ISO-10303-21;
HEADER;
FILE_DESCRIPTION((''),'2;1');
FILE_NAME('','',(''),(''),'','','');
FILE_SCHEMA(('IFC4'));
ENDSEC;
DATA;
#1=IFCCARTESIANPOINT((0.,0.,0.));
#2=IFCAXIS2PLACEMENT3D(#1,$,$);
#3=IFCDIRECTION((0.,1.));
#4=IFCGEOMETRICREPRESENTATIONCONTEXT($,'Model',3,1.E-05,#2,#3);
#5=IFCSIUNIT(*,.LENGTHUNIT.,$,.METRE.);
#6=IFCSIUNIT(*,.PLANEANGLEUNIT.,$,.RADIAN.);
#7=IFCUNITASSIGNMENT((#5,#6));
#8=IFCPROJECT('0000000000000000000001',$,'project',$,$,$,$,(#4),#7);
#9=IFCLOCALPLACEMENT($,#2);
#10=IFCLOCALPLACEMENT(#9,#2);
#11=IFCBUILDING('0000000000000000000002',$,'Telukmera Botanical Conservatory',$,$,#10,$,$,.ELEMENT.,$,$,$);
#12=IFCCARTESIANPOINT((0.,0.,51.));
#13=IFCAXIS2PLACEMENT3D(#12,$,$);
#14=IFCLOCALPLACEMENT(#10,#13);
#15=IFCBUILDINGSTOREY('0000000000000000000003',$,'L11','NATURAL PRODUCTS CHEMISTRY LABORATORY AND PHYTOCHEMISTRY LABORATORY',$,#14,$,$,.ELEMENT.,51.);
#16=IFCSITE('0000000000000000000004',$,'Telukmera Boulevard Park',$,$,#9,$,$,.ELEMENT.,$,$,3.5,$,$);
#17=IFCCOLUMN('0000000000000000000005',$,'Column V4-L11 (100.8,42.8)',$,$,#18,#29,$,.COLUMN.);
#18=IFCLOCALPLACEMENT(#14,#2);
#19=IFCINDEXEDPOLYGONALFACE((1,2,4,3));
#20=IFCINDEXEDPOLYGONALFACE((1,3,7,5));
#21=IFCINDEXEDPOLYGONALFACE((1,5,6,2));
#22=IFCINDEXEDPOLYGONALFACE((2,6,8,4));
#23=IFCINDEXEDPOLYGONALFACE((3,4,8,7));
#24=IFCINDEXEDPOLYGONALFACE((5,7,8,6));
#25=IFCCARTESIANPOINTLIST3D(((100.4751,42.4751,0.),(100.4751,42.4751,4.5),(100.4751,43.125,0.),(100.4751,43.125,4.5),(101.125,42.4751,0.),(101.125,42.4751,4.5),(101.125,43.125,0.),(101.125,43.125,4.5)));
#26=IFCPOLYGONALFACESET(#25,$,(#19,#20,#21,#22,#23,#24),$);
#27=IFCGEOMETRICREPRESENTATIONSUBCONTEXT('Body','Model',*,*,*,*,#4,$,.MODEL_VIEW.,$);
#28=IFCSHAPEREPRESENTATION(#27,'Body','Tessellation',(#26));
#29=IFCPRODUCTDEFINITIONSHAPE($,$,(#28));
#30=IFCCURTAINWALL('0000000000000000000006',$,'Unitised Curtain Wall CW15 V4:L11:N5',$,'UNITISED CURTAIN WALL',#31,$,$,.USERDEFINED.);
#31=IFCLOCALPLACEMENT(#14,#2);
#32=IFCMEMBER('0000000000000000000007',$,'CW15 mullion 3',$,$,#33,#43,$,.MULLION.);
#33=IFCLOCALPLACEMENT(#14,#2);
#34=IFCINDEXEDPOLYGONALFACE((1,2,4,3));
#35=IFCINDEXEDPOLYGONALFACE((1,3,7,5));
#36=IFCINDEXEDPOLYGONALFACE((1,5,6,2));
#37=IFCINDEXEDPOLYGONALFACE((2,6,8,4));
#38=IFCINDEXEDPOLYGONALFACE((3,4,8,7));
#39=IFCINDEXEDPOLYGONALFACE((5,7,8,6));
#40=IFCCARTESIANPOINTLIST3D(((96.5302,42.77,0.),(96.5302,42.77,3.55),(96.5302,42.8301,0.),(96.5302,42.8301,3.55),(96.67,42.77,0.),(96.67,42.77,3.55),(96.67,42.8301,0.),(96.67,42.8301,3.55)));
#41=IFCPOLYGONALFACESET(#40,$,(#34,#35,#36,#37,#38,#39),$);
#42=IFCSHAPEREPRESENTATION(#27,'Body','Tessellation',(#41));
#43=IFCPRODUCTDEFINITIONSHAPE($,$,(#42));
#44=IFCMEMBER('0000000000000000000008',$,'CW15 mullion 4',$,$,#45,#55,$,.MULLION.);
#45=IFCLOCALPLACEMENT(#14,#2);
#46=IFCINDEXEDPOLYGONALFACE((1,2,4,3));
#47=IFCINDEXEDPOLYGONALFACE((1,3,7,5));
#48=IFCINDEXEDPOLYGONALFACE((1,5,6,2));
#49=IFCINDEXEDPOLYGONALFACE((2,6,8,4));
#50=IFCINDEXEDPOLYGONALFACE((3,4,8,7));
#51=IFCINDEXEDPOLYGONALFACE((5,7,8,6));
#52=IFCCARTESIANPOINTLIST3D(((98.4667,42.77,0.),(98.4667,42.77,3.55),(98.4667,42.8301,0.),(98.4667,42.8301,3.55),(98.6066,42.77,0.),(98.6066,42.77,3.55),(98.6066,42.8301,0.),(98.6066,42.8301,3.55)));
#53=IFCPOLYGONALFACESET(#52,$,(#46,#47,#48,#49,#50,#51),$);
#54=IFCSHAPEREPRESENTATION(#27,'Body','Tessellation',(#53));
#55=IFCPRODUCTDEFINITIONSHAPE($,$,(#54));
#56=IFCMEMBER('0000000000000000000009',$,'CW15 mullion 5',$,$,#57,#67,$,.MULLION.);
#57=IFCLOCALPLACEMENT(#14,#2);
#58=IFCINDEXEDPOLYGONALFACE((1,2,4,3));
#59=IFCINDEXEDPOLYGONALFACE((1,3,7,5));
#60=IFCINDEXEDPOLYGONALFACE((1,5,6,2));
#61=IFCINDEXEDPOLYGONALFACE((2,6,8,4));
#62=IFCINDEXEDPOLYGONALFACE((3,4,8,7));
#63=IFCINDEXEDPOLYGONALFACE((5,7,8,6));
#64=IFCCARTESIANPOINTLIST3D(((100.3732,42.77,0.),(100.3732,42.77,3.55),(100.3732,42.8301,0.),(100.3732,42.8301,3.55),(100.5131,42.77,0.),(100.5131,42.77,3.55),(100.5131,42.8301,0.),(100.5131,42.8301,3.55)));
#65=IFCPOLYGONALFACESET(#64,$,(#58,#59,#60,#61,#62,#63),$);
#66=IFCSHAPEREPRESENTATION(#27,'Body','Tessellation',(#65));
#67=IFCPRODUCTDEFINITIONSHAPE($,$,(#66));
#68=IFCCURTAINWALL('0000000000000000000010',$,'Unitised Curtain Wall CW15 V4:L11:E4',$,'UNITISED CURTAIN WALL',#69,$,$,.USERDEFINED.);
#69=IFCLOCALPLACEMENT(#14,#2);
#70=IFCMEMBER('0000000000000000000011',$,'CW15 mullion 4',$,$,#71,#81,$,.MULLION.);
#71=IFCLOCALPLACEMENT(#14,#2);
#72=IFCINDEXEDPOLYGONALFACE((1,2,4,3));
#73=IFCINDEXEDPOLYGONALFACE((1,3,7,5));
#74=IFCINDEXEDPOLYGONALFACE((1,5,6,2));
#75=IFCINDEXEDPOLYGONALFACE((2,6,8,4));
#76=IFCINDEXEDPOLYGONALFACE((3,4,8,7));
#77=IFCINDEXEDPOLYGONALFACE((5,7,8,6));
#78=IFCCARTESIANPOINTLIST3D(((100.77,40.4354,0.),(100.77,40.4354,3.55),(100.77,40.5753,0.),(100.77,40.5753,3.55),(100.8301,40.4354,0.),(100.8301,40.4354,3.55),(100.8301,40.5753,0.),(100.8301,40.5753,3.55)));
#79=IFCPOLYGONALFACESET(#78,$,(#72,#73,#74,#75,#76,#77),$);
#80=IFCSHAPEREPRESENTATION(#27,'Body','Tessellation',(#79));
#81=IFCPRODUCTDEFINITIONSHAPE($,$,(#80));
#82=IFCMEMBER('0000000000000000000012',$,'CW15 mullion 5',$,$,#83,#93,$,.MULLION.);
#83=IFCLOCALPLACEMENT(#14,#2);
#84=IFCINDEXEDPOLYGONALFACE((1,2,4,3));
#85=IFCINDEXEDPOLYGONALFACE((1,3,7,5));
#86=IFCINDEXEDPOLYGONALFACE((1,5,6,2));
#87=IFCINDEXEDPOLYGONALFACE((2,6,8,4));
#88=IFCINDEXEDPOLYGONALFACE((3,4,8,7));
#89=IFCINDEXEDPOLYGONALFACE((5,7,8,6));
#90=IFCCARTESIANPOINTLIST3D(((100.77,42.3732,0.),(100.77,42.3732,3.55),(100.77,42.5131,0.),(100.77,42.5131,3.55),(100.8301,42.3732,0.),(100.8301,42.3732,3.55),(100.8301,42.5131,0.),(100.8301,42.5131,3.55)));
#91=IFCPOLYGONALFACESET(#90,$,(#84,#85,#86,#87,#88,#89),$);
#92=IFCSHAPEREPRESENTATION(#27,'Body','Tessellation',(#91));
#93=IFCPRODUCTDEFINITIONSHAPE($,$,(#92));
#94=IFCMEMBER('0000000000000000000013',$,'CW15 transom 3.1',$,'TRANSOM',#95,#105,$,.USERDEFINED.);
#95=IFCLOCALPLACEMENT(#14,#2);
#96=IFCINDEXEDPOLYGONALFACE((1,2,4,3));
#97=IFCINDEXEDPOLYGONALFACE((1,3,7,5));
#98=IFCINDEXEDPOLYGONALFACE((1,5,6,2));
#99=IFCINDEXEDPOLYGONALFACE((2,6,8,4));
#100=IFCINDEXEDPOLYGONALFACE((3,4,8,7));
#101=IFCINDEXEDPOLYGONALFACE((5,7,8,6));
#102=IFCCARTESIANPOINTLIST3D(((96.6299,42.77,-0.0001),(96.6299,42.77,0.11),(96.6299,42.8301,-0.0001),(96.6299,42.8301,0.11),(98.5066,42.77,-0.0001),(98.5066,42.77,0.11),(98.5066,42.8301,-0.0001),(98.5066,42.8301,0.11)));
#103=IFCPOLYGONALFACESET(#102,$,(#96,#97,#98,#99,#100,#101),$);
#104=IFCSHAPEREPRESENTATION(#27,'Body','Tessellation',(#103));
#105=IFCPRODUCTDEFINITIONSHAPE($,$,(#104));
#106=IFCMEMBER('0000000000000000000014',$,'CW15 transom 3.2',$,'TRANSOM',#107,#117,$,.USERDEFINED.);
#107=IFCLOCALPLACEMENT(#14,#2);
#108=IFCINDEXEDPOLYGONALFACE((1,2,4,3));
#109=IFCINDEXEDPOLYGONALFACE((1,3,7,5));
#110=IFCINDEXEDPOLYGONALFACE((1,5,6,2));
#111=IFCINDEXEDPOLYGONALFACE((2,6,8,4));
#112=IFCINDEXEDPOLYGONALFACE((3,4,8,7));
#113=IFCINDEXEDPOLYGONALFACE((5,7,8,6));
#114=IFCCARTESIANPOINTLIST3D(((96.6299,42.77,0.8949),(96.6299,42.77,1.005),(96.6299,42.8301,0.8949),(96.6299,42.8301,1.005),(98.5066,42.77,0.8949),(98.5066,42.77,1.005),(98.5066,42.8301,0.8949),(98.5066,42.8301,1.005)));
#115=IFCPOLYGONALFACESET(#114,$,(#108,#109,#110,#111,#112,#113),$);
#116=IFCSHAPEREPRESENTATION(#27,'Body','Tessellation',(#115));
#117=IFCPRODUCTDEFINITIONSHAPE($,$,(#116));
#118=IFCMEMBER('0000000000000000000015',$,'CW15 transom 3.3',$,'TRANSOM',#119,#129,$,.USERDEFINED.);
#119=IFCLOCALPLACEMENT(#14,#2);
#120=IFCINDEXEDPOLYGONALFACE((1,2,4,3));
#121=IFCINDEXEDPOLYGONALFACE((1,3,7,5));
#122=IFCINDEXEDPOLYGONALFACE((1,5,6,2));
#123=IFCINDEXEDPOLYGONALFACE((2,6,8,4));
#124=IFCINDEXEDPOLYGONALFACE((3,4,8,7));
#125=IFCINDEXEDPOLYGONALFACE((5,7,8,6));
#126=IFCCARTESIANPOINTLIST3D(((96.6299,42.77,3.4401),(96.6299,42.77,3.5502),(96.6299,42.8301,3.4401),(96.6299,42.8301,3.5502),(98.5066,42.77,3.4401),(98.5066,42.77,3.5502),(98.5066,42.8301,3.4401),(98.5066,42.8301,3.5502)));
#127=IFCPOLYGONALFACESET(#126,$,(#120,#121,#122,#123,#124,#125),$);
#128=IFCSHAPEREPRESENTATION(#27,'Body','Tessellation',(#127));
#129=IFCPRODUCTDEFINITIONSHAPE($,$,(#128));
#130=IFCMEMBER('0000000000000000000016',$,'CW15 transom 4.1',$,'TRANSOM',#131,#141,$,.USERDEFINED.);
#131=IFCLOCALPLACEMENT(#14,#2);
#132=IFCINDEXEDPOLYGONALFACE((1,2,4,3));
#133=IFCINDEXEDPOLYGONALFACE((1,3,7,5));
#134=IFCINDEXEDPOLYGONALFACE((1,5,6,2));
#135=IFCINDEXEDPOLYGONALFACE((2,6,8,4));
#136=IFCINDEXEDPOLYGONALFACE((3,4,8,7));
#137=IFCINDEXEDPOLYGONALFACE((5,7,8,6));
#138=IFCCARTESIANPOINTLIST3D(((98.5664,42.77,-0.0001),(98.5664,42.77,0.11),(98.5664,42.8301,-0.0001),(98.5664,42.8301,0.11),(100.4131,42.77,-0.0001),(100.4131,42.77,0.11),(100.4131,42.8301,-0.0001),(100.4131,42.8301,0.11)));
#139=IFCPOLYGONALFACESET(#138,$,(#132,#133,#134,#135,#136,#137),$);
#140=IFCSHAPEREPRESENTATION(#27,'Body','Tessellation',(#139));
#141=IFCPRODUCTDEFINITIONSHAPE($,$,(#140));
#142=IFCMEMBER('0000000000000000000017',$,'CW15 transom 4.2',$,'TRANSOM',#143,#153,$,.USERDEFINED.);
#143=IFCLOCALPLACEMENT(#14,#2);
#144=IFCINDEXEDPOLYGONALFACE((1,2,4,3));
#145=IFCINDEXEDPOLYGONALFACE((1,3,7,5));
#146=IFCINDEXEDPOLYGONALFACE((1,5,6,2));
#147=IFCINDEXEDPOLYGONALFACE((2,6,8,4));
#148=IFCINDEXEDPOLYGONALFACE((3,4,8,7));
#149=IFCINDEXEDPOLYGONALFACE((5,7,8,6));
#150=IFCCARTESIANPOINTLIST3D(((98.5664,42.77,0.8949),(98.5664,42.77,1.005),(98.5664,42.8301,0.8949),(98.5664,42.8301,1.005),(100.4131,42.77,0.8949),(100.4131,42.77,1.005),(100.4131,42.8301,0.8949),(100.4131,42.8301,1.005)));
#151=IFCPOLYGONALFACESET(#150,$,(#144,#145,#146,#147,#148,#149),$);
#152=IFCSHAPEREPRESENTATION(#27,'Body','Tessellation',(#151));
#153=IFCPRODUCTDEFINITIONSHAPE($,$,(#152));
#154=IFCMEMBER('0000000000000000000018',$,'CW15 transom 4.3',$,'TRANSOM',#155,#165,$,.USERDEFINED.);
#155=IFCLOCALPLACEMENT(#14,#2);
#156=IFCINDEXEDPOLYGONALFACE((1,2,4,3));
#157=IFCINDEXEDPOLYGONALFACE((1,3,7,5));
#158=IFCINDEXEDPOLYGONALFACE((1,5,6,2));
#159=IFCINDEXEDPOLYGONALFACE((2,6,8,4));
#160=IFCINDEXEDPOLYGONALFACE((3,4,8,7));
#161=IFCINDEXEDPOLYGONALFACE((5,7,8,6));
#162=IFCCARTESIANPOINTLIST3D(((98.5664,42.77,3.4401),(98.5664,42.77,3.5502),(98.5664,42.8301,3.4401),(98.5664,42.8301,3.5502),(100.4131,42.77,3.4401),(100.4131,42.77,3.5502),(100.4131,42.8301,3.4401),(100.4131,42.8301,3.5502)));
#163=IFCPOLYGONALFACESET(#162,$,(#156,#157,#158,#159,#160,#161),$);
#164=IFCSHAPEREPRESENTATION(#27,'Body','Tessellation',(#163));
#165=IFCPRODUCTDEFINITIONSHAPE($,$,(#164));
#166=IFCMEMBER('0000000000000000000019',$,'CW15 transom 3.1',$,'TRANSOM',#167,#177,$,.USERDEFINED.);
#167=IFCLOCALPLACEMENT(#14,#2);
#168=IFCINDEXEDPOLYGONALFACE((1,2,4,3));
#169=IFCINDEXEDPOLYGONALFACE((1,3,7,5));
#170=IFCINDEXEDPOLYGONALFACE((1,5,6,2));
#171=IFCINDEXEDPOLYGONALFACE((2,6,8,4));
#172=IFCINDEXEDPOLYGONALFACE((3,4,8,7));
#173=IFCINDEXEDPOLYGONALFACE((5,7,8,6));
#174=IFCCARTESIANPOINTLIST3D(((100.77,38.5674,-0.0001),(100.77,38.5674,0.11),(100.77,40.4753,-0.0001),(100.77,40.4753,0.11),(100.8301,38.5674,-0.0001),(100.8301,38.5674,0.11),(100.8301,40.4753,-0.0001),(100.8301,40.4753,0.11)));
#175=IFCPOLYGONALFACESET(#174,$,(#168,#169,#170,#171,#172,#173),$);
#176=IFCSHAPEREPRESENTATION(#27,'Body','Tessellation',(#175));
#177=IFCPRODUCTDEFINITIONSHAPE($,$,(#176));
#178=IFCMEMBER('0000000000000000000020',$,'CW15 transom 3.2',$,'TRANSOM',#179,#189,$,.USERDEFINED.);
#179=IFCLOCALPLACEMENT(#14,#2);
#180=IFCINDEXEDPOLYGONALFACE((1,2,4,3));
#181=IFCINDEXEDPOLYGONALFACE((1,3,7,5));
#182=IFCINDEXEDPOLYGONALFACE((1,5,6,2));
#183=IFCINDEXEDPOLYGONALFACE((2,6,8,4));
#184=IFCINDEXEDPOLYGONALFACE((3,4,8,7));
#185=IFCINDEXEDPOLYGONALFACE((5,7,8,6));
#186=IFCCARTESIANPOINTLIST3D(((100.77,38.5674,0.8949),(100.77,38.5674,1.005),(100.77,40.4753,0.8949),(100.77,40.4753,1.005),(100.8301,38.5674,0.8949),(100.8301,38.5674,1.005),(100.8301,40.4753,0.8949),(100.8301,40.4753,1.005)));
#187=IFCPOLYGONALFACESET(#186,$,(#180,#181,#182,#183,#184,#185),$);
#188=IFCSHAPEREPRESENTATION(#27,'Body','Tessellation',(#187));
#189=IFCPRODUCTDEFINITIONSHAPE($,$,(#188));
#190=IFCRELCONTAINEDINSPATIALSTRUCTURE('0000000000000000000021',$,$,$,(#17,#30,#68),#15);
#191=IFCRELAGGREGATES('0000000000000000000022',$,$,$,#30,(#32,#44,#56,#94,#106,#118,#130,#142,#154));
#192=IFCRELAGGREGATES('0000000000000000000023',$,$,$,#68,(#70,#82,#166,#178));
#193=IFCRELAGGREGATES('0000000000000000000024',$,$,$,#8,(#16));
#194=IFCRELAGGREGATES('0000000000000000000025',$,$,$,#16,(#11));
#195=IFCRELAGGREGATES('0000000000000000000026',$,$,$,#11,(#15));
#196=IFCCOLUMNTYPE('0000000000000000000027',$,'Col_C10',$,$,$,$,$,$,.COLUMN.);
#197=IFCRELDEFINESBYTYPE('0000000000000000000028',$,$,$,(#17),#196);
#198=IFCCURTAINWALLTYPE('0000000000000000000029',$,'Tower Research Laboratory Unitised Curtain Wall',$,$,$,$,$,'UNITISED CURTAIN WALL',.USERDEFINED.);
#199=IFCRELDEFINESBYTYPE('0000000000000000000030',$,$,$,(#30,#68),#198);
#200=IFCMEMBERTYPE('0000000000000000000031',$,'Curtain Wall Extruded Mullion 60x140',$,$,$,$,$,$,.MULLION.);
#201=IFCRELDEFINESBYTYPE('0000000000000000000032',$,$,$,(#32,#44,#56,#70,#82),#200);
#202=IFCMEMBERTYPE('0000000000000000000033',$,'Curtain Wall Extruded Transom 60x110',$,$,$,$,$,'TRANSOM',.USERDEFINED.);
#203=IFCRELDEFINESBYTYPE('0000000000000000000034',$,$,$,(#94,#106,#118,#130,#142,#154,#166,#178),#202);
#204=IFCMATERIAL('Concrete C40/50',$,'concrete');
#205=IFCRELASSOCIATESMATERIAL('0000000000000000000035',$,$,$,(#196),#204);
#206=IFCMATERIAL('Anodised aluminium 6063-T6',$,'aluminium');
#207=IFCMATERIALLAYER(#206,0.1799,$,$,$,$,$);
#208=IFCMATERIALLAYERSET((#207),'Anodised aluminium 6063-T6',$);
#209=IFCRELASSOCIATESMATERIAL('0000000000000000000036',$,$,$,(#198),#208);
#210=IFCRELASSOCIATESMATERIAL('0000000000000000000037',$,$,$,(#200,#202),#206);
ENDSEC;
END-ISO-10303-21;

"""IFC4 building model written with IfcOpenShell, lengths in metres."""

from ifc_helpers import new_model, si_unit, direction, frame, origin, origin_2d, place, context, subcontext, project, spatial, rectangle, extrude, material, layer, layer_set, material_profile, profile_set, type_object, element, aggregate, save


model = new_model("IFC4")

# Units and contexts
model_context = context("Model", 3, precision=1e-05, world=origin(), true_north=direction((0.0, 1.0)))
body_context = subcontext(model_context, "Body", "Model", "MODEL_VIEW")
ifc_project = project(units=[si_unit("LENGTHUNIT", "METRE"), si_unit("PLANEANGLEUNIT", "RADIAN")], contexts=[model_context])

# Site, building, storey
site_placement = place(None, origin())
site = spatial("IfcSite", under=ifc_project, at=site_placement, Name="Telukmera Boulevard Park", CompositionType="ELEMENT", RefElevation=3.5)
building_placement = place(site_placement, origin())
building = spatial("IfcBuilding", under=site, at=building_placement, Name="Telukmera Botanical Conservatory", CompositionType="ELEMENT")
storey_placement = place(building_placement, frame((0.0, 0.0, 51.0)))
storey = spatial("IfcBuildingStorey", under=building, at=storey_placement, Name="L11", Description="NATURAL PRODUCTS CHEMISTRY LABORATORY AND PHYTOCHEMISTRY LABORATORY", CompositionType="ELEMENT", Elevation=51.0)

# Column
ifc_material_1 = material(Name="Concrete C40/50", Category="concrete")
ifc_material_profile_1 = material_profile(ifc_material_1, rectangle(XDim=0.6499, YDim=0.6499, at=origin_2d()), Name="RC 650x650")
ifc_profile_set_1 = profile_set([ifc_material_profile_1], Name="Concrete C40/50")
column_type = type_object("IfcColumnType", Name="Col_C10", PredefinedType="COLUMN", material=ifc_profile_set_1)
column_placement = place(storey_placement, frame((100.8, 42.8, 0.0), z_axis=(0.0, 0.0, 1.0), x_axis=(1.0, 0.0, 0.0)))
element("IfcColumn", 1, at=column_placement, inside=storey, type_object=column_type, Name="Column V4-L11 (100.8,42.8)", PredefinedType="COLUMN", context=body_context, shape_type="SweptSolid", body=[
    extrude(rectangle(XDim=0.6499, YDim=0.6499, at=origin_2d()), origin(), (0.0, 0.0, 1.0), 4.5),
])

# Curtain walls, members
ifc_material_2 = material(Name="Anodised aluminium 6063-T6", Category="aluminium")
ifc_layer_1 = layer(ifc_material_2, 0.1799)
ifc_layer_set_1 = layer_set([ifc_layer_1], Name="Anodised aluminium 6063-T6")
curtain_wall_type = type_object("IfcCurtainWallType", Name="Tower Research Laboratory Unitised Curtain Wall", ElementType="UNITISED CURTAIN WALL", PredefinedType="USERDEFINED", material=ifc_layer_set_1)
curtain_wall_1_placement = place(storey_placement, origin())
curtain_wall_1 = element("IfcCurtainWall", 2, at=curtain_wall_1_placement, inside=storey, type_object=curtain_wall_type, Name="Unitised Curtain Wall CW15 V4:L11:N5", ObjectType="UNITISED CURTAIN WALL", PredefinedType="USERDEFINED")
ifc_material_profile_2 = material_profile(ifc_material_2, rectangle(XDim=0.0601, YDim=0.1399, at=origin_2d()), Name="ALU MULL 60x140")
ifc_profile_set_2 = profile_set([ifc_material_profile_2], Name="Anodised aluminium 6063-T6")
member_type_1 = type_object("IfcMemberType", Name="Curtain Wall Extruded Mullion 60x140", PredefinedType="MULLION", material=ifc_profile_set_2)
member_1_placement = place(storey_placement, frame((96.6001, 42.8, 0.0), z_axis=(0.0, 0.0, 1.0), x_axis=(0.0, 1.0, 0.0)))
member_1 = element("IfcMember", 3, at=member_1_placement, type_object=member_type_1, Name="CW15 mullion 3", PredefinedType="MULLION", context=body_context, shape_type="SweptSolid", body=[
    extrude(rectangle(XDim=0.0601, YDim=0.1399, at=origin_2d()), origin(), (0.0, 0.0, 1.0), 3.55),
])
member_2_placement = place(storey_placement, frame((98.5366, 42.8, 0.0), z_axis=(0.0, 0.0, 1.0), x_axis=(0.0, 1.0, 0.0)))
member_2 = element("IfcMember", 4, at=member_2_placement, type_object=member_type_1, Name="CW15 mullion 4", PredefinedType="MULLION", context=body_context, shape_type="SweptSolid", body=[
    extrude(rectangle(XDim=0.0601, YDim=0.1399, at=origin_2d()), origin(), (0.0, 0.0, 1.0), 3.55),
])
member_3_placement = place(storey_placement, frame((100.4431, 42.8, 0.0), z_axis=(0.0, 0.0, 1.0), x_axis=(0.0, 1.0, 0.0)))
member_3 = element("IfcMember", 5, at=member_3_placement, type_object=member_type_1, Name="CW15 mullion 5", PredefinedType="MULLION", context=body_context, shape_type="SweptSolid", body=[
    extrude(rectangle(XDim=0.0601, YDim=0.1399, at=origin_2d()), origin(), (0.0, 0.0, 1.0), 3.55),
])
curtain_wall_2_placement = place(storey_placement, origin())
curtain_wall_2 = element("IfcCurtainWall", 6, at=curtain_wall_2_placement, inside=storey, type_object=curtain_wall_type, Name="Unitised Curtain Wall CW15 V4:L11:E4", ObjectType="UNITISED CURTAIN WALL", PredefinedType="USERDEFINED")
member_4_placement = place(storey_placement, frame((100.8, 40.5054, 0.0), z_axis=(0.0, 0.0, 1.0), x_axis=(-1.0, 0.0, 0.0)))
member_4 = element("IfcMember", 7, at=member_4_placement, type_object=member_type_1, Name="CW15 mullion 4", PredefinedType="MULLION", context=body_context, shape_type="SweptSolid", body=[
    extrude(rectangle(XDim=0.0601, YDim=0.1399, at=origin_2d()), origin(), (0.0, 0.0, 1.0), 3.55),
])
member_5_placement = place(storey_placement, frame((100.8, 42.4431, 0.0), z_axis=(0.0, 0.0, 1.0), x_axis=(-1.0, 0.0, 0.0)))
member_5 = element("IfcMember", 8, at=member_5_placement, type_object=member_type_1, Name="CW15 mullion 5", PredefinedType="MULLION", context=body_context, shape_type="SweptSolid", body=[
    extrude(rectangle(XDim=0.0601, YDim=0.1399, at=origin_2d()), origin(), (0.0, 0.0, 1.0), 3.55),
])

# Members
ifc_material_profile_3 = material_profile(ifc_material_2, rectangle(XDim=0.0601, YDim=0.1101, at=origin_2d()), Name="ALU TRAN 60x110")
ifc_profile_set_3 = profile_set([ifc_material_profile_3], Name="Anodised aluminium 6063-T6")
member_type_2 = type_object("IfcMemberType", Name="Curtain Wall Extruded Transom 60x110", ElementType="TRANSOM", PredefinedType="USERDEFINED", material=ifc_profile_set_3)
member_6_placement = place(storey_placement, frame((96.6299, 42.8, 0.0549), z_axis=(1.0, 0.0, 0.0), x_axis=(0.0, 1.0, 0.0)))
member_6 = element("IfcMember", 9, at=member_6_placement, type_object=member_type_2, Name="CW15 transom 3.1", ObjectType="TRANSOM", PredefinedType="USERDEFINED", context=body_context, shape_type="SweptSolid", body=[
    extrude(rectangle(XDim=0.0601, YDim=0.1101, at=origin_2d()), origin(), (0.0, 0.0, 1.0), 1.8767),
])
member_7_placement = place(storey_placement, frame((96.6299, 42.8, 0.95), z_axis=(1.0, 0.0, 0.0), x_axis=(0.0, 1.0, 0.0)))
member_7 = element("IfcMember", 10, at=member_7_placement, type_object=member_type_2, Name="CW15 transom 3.2", ObjectType="TRANSOM", PredefinedType="USERDEFINED", context=body_context, shape_type="SweptSolid", body=[
    extrude(rectangle(XDim=0.0601, YDim=0.1101, at=origin_2d()), origin(), (0.0, 0.0, 1.0), 1.8767),
])
member_8_placement = place(storey_placement, frame((96.6299, 42.8, 3.4951), z_axis=(1.0, 0.0, 0.0), x_axis=(0.0, 1.0, 0.0)))
member_8 = element("IfcMember", 11, at=member_8_placement, type_object=member_type_2, Name="CW15 transom 3.3", ObjectType="TRANSOM", PredefinedType="USERDEFINED", context=body_context, shape_type="SweptSolid", body=[
    extrude(rectangle(XDim=0.0601, YDim=0.1101, at=origin_2d()), origin(), (0.0, 0.0, 1.0), 1.8767),
])
member_9_placement = place(storey_placement, frame((98.5664, 42.8, 0.0549), z_axis=(1.0, 0.0, 0.0), x_axis=(0.0, 1.0, 0.0)))
member_9 = element("IfcMember", 12, at=member_9_placement, type_object=member_type_2, Name="CW15 transom 4.1", ObjectType="TRANSOM", PredefinedType="USERDEFINED", context=body_context, shape_type="SweptSolid", body=[
    extrude(rectangle(XDim=0.0601, YDim=0.1101, at=origin_2d()), origin(), (0.0, 0.0, 1.0), 1.8467),
])
member_10_placement = place(storey_placement, frame((98.5664, 42.8, 0.95), z_axis=(1.0, 0.0, 0.0), x_axis=(0.0, 1.0, 0.0)))
member_10 = element("IfcMember", 13, at=member_10_placement, type_object=member_type_2, Name="CW15 transom 4.2", ObjectType="TRANSOM", PredefinedType="USERDEFINED", context=body_context, shape_type="SweptSolid", body=[
    extrude(rectangle(XDim=0.0601, YDim=0.1101, at=origin_2d()), origin(), (0.0, 0.0, 1.0), 1.8467),
])
member_11_placement = place(storey_placement, frame((98.5664, 42.8, 3.4951), z_axis=(1.0, 0.0, 0.0), x_axis=(0.0, 1.0, 0.0)))
member_11 = element("IfcMember", 14, at=member_11_placement, type_object=member_type_2, Name="CW15 transom 4.3", ObjectType="TRANSOM", PredefinedType="USERDEFINED", context=body_context, shape_type="SweptSolid", body=[
    extrude(rectangle(XDim=0.0601, YDim=0.1101, at=origin_2d()), origin(), (0.0, 0.0, 1.0), 1.8467),
])
member_12_placement = place(storey_placement, frame((100.8, 38.5674, 0.0549), z_axis=(0.0, 1.0, 0.0), x_axis=(-1.0, 0.0, 0.0)))
member_12 = element("IfcMember", 15, at=member_12_placement, type_object=member_type_2, Name="CW15 transom 3.1", ObjectType="TRANSOM", PredefinedType="USERDEFINED", context=body_context, shape_type="SweptSolid", body=[
    extrude(rectangle(XDim=0.0601, YDim=0.1101, at=origin_2d()), origin(), (0.0, 0.0, 1.0), 1.908),
])
member_13_placement = place(storey_placement, frame((100.8, 38.5674, 0.95), z_axis=(0.0, 1.0, 0.0), x_axis=(-1.0, 0.0, 0.0)))
member_13 = element("IfcMember", 16, at=member_13_placement, type_object=member_type_2, Name="CW15 transom 3.2", ObjectType="TRANSOM", PredefinedType="USERDEFINED", context=body_context, shape_type="SweptSolid", body=[
    extrude(rectangle(XDim=0.0601, YDim=0.1101, at=origin_2d()), origin(), (0.0, 0.0, 1.0), 1.908),
])

aggregate(curtain_wall_1, [member_1, member_2, member_3, member_6, member_7, member_8, member_9, member_10, member_11])
aggregate(curtain_wall_2, [member_4, member_5, member_12, member_13])

save(model, "model.ifc")
